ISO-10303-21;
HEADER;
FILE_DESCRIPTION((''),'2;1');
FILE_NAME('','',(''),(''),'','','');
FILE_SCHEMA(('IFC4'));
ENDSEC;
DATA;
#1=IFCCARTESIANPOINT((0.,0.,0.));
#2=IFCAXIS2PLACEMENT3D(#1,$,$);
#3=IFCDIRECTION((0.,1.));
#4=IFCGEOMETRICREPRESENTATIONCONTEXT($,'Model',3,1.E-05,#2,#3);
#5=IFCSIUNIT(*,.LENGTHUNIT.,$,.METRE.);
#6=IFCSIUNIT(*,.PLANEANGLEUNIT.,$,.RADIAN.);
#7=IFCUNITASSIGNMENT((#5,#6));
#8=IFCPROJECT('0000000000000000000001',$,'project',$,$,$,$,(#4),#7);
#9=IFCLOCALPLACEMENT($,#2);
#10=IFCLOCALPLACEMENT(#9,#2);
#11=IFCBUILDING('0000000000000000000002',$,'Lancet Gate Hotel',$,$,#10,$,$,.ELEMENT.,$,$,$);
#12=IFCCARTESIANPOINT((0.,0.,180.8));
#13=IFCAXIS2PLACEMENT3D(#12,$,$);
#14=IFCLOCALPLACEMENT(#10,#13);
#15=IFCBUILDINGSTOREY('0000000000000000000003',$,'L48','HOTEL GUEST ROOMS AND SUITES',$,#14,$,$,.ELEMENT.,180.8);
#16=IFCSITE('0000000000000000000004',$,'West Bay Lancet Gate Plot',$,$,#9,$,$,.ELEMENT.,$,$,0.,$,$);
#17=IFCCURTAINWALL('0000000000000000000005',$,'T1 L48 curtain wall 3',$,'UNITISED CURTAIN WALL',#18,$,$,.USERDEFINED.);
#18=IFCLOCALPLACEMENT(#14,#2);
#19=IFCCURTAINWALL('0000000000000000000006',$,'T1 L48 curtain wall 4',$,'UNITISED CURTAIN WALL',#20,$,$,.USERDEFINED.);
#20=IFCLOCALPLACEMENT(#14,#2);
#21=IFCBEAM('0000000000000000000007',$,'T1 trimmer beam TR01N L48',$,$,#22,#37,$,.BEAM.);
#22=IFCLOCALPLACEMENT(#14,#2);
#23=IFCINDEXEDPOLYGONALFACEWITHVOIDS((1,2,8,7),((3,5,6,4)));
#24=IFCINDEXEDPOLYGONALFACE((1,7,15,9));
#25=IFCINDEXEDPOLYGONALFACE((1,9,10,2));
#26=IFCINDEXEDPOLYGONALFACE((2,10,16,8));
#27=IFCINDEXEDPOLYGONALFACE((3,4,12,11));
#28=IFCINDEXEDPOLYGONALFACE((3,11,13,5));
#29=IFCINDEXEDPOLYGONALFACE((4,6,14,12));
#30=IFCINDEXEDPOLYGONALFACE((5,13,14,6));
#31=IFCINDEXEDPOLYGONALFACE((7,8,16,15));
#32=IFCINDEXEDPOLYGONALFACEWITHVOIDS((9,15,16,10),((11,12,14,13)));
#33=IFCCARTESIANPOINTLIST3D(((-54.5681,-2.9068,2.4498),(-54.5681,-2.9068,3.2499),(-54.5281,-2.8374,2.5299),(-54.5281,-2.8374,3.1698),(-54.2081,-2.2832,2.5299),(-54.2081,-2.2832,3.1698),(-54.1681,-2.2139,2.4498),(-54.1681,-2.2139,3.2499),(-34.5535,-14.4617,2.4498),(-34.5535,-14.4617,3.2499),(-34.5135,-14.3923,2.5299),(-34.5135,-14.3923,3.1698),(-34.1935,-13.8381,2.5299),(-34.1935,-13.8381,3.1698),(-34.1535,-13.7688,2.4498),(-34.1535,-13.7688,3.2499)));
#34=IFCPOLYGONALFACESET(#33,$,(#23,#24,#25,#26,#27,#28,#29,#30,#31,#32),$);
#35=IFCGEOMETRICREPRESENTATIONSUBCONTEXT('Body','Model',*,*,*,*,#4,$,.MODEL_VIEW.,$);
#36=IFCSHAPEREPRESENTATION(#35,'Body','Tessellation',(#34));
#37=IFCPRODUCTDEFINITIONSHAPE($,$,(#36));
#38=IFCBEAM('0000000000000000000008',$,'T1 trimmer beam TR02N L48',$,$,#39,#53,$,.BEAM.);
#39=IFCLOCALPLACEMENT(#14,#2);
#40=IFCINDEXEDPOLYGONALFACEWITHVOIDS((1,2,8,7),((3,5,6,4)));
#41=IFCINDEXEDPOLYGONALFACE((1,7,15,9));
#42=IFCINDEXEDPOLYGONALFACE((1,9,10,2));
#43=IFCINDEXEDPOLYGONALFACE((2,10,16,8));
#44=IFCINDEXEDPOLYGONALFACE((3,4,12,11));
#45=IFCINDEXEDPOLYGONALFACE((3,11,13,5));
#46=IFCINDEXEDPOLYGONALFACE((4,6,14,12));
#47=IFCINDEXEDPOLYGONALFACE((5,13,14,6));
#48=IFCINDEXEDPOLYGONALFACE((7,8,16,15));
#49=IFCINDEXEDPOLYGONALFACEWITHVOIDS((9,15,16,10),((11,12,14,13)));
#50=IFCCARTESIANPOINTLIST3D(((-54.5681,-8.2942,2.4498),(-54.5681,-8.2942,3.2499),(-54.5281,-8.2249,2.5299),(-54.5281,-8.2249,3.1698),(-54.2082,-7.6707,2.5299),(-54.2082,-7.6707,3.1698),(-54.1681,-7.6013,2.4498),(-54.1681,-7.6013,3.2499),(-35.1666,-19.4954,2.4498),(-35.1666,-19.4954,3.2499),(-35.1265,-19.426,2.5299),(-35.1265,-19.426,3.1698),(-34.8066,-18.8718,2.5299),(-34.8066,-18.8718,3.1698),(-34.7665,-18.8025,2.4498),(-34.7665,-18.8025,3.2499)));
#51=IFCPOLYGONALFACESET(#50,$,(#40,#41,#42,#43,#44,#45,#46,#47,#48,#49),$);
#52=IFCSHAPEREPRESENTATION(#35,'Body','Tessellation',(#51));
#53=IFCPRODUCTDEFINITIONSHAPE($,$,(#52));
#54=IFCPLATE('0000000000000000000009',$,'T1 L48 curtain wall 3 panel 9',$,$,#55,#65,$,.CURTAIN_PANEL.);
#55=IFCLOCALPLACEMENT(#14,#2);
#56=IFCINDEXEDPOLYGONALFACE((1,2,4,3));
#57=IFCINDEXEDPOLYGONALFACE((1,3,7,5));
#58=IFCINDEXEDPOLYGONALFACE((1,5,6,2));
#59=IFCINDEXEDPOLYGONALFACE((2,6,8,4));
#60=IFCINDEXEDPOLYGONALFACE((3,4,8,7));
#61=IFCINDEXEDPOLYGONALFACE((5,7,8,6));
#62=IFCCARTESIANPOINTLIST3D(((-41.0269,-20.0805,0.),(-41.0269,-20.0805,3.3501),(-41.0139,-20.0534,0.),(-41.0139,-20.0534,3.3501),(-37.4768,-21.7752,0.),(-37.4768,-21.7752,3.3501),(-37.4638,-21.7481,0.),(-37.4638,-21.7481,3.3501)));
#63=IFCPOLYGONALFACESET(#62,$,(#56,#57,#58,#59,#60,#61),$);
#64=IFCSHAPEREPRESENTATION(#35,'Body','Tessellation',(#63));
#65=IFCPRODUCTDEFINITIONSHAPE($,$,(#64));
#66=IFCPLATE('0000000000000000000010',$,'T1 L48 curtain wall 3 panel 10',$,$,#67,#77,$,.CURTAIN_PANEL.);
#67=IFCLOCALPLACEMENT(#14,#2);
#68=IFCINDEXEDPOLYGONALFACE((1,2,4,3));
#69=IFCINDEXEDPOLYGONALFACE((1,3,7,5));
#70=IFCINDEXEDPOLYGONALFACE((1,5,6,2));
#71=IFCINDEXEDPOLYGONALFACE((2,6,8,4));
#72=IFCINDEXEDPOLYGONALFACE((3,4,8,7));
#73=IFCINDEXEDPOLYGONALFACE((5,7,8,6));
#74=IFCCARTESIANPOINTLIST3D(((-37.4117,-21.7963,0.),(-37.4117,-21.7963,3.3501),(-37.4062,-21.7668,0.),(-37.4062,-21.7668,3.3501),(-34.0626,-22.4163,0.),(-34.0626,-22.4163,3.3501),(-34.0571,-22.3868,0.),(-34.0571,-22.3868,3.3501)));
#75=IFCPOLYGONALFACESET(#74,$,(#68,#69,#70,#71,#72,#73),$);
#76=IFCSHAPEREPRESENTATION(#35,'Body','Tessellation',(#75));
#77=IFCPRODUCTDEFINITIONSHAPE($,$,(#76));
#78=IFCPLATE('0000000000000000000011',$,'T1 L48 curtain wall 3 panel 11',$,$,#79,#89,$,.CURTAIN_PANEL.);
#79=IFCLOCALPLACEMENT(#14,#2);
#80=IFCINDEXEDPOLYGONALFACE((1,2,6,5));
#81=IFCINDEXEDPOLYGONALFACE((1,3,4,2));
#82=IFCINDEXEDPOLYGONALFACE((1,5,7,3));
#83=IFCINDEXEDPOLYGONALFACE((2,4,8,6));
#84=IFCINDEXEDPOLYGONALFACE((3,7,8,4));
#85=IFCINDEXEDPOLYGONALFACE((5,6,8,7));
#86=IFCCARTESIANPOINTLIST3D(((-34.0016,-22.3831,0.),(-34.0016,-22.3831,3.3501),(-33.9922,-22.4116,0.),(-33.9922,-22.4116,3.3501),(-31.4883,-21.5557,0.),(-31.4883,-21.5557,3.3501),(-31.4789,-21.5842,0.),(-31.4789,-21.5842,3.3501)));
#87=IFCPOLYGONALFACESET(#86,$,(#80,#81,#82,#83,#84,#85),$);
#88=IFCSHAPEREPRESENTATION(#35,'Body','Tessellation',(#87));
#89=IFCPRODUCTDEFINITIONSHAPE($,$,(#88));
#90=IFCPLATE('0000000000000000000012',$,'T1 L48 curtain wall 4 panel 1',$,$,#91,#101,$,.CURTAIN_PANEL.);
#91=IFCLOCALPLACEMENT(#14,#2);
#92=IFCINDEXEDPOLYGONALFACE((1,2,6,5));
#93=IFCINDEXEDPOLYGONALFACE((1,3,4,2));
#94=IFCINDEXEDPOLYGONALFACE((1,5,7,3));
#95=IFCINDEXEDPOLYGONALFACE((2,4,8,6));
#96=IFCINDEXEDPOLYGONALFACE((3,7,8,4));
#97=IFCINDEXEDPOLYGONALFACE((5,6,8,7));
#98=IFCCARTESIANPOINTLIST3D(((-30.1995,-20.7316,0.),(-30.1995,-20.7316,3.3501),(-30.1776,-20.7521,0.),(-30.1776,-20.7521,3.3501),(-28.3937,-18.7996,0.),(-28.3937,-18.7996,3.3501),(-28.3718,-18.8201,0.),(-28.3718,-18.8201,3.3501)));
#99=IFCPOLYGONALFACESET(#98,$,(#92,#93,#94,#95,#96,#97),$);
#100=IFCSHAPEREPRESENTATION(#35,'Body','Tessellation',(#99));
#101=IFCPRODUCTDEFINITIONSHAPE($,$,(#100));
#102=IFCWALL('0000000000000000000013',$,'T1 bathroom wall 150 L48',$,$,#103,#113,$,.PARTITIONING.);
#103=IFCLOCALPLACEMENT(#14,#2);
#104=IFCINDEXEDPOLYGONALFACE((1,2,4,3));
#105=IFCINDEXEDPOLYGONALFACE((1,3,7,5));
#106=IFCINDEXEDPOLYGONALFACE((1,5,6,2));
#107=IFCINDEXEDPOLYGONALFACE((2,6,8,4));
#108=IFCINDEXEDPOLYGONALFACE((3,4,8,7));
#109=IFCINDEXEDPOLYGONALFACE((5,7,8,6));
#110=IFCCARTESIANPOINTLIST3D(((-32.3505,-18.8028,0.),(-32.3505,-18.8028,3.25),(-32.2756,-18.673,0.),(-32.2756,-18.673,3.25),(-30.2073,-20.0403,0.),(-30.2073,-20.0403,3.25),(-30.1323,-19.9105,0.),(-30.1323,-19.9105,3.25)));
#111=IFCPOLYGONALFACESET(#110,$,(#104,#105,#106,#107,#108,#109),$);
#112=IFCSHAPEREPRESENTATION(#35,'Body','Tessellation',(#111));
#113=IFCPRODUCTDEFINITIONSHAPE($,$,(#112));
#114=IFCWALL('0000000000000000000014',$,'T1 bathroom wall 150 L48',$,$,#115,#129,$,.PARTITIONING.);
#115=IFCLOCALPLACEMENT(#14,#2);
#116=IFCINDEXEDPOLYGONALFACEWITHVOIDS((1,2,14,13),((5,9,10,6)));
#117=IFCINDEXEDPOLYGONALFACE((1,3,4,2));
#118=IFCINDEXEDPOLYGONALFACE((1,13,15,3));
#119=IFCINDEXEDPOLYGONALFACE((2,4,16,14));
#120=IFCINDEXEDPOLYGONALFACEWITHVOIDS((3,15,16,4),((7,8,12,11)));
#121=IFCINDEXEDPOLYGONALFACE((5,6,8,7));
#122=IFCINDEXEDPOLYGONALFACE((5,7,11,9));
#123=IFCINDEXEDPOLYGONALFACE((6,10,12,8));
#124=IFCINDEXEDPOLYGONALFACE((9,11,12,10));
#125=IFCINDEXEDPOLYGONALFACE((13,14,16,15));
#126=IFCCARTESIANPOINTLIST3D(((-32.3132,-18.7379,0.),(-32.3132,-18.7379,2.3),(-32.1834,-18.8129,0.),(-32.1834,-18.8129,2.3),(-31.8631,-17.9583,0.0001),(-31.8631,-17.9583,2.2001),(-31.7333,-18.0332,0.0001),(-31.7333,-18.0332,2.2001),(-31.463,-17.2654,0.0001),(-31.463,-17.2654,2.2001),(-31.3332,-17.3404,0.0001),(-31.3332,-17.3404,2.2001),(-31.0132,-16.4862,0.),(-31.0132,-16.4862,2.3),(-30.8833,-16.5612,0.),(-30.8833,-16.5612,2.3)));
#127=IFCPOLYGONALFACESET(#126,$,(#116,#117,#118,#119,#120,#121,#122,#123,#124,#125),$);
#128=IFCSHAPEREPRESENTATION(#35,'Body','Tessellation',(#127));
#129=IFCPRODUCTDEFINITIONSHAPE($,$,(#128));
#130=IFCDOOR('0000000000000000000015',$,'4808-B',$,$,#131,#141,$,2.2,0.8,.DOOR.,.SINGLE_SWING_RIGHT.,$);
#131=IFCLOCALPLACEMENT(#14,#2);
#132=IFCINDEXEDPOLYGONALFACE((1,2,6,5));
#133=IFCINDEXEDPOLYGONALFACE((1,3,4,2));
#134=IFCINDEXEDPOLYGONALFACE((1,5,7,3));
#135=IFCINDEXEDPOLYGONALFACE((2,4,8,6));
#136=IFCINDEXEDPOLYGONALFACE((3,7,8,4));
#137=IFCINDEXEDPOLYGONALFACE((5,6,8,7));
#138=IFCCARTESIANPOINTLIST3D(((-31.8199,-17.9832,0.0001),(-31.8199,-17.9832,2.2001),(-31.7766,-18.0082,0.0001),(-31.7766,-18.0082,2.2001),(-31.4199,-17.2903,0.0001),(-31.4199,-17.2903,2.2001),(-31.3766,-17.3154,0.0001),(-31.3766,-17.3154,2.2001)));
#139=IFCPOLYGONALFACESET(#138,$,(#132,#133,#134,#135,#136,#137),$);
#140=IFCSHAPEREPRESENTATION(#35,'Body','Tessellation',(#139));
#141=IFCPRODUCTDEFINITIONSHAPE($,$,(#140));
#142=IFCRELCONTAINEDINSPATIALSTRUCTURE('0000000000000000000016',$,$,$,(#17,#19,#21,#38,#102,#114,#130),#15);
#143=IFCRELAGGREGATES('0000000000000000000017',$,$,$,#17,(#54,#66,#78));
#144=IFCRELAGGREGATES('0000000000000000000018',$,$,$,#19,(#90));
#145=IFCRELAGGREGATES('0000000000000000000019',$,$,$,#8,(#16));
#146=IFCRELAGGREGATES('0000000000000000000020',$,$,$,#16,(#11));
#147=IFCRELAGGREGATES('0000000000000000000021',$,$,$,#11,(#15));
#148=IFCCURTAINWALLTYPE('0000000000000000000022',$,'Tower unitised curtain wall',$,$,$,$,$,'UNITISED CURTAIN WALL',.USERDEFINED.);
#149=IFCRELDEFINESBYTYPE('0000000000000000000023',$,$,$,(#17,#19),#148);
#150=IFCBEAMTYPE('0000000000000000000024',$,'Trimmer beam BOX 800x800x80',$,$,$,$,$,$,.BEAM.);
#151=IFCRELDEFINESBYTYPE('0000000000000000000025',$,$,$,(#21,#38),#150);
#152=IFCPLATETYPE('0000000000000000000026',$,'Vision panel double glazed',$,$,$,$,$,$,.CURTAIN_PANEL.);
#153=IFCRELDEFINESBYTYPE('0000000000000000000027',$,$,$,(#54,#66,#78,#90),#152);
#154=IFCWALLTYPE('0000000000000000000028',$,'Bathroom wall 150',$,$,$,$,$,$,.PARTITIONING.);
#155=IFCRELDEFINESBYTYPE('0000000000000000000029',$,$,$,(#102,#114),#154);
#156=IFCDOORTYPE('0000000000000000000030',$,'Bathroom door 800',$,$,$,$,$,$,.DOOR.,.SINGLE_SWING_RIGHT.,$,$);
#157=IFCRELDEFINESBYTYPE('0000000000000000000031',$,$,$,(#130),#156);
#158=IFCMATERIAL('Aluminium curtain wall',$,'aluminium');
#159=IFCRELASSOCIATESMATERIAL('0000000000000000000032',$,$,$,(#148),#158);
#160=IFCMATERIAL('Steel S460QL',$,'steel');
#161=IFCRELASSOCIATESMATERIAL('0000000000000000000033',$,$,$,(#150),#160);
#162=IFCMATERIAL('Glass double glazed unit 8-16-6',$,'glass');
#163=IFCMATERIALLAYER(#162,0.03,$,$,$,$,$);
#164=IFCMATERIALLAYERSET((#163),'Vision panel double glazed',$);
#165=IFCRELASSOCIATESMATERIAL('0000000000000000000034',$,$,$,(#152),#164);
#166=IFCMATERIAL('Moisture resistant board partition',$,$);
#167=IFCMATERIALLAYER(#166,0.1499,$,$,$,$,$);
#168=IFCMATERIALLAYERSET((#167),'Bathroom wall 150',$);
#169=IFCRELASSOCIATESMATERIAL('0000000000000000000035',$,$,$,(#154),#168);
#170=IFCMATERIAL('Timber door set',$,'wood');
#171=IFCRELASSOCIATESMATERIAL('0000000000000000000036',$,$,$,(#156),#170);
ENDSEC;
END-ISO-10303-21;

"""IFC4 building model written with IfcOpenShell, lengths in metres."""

from ifc_helpers import new_model, si_unit, direction, frame, frame_2d, origin, origin_2d, place, context, subcontext, project, spatial, rectangle, hollow_rectangle, extrude, material, layer, layer_set, material_profile, profile_set, type_object, element, fill, aggregate, save


model = new_model("IFC4")

# Units and contexts
model_context = context("Model", 3, precision=1e-05, world=origin(), true_north=direction((0.0, 1.0)))
body_context = subcontext(model_context, "Body", "Model", "MODEL_VIEW")
ifc_project = project(units=[si_unit("LENGTHUNIT", "METRE"), si_unit("PLANEANGLEUNIT", "RADIAN")], contexts=[model_context])

# Site, building, storey
site_placement = place(None, origin())
site = spatial("IfcSite", under=ifc_project, at=site_placement, Name="West Bay Lancet Gate Plot", CompositionType="ELEMENT", RefElevation=0.0)
building_placement = place(site_placement, origin())
building = spatial("IfcBuilding", under=site, at=building_placement, Name="Lancet Gate Hotel", CompositionType="ELEMENT")
storey_placement = place(building_placement, frame((0.0, 0.0, 180.8)))
storey = spatial("IfcBuildingStorey", under=building, at=storey_placement, Name="L48", Description="HOTEL GUEST ROOMS AND SUITES", CompositionType="ELEMENT", Elevation=180.8)

# Curtain wall
ifc_material_1 = material(Name="Aluminium curtain wall", Category="aluminium")
curtain_wall_type = type_object("IfcCurtainWallType", Name="Tower unitised curtain wall", ElementType="UNITISED CURTAIN WALL", PredefinedType="USERDEFINED", material=ifc_material_1)
curtain_wall_1_placement = place(storey_placement, origin())
curtain_wall_1 = element("IfcCurtainWall", 1, at=curtain_wall_1_placement, inside=storey, type_object=curtain_wall_type, Name="T1 L48 curtain wall 3", ObjectType="UNITISED CURTAIN WALL", PredefinedType="USERDEFINED")

# Curtain wall
curtain_wall_2_placement = place(storey_placement, origin())
curtain_wall_2 = element("IfcCurtainWall", 2, at=curtain_wall_2_placement, inside=storey, type_object=curtain_wall_type, Name="T1 L48 curtain wall 4", ObjectType="UNITISED CURTAIN WALL", PredefinedType="USERDEFINED")

# Beams
ifc_material_2 = material(Name="Steel S460QL", Category="steel")
ifc_material_profile_1 = material_profile(ifc_material_2, hollow_rectangle(XDim=0.8, YDim=0.8, WallThickness=0.0801, at=origin_2d()), Name="BOX 800x800x80")
ifc_profile_set_1 = profile_set([ifc_material_profile_1], Name="Steel S460QL")
beam_type_1 = type_object("IfcBeamType", Name="Trimmer beam BOX 800x800x80", PredefinedType="BEAM", material=ifc_profile_set_1)
beam_1_placement = place(storey_placement, frame((-34.3535, -14.1152, 2.8499), z_axis=(-0.866035, 0.499983, 0.0), x_axis=(-0.499983, -0.866035, 0.0)))
element("IfcBeam", 3, at=beam_1_placement, inside=storey, type_object=beam_type_1, Name="T1 trimmer beam TR01N L48", PredefinedType="BEAM", context=body_context, shape_type="SweptSolid", body=[
    extrude(hollow_rectangle(XDim=0.8, YDim=0.8, WallThickness=0.0801, at=origin_2d()), origin(), (0.0, 0.0, 1.0), 23.1106),
])
beam_2_placement = place(storey_placement, frame((-34.9666, -19.1489, 2.8499), z_axis=(-0.866032, 0.499988, 0.0), x_axis=(-0.499988, -0.866032, 0.0)))
element("IfcBeam", 4, at=beam_2_placement, inside=storey, type_object=beam_type_1, Name="T1 trimmer beam TR02N L48", PredefinedType="BEAM", context=body_context, shape_type="SweptSolid", body=[
    extrude(hollow_rectangle(XDim=0.8, YDim=0.8, WallThickness=0.0801, at=origin_2d()), origin(), (0.0, 0.0, 1.0), 22.4028),
])

# Plates
ifc_material_3 = material(Name="Glass double glazed unit 8-16-6", Category="glass")
ifc_layer_1 = layer(ifc_material_3, 0.03)
ifc_layer_set_1 = layer_set([ifc_layer_1], Name="Vision panel double glazed")
plate_type = type_object("IfcPlateType", Name="Vision panel double glazed", PredefinedType="CURTAIN_PANEL", material=ifc_layer_set_1)
plate_1_placement = place(storey_placement, frame((-39.2454, -20.9143, 0.0), z_axis=(0.0, 0.0, 1.0), x_axis=(0.902454, -0.430787, 0.0)))
plate_1 = element("IfcPlate", 5, at=plate_1_placement, type_object=plate_type, Name="T1 L48 curtain wall 3 panel 9", PredefinedType="CURTAIN_PANEL", context=body_context, shape_type="SweptSolid", body=[
    extrude(rectangle(XDim=3.9338, YDim=0.03, at=origin_2d()), origin(), (0.0, 0.0, 1.0), 3.3501),
])
plate_2_placement = place(storey_placement, frame((-35.7344, -22.0916, 0.0), z_axis=(0.0, 0.0, 1.0), x_axis=(0.983292, -0.182033, 0.0)))
plate_2 = element("IfcPlate", 6, at=plate_2_placement, type_object=plate_type, Name="T1 L48 curtain wall 3 panel 10", PredefinedType="CURTAIN_PANEL", context=body_context, shape_type="SweptSolid", body=[
    extrude(rectangle(XDim=3.406, YDim=0.03, at=origin_2d()), origin(), (0.0, 0.0, 1.0), 3.3501),
])
plate_3_placement = place(storey_placement, frame((-32.7402, -21.9836, 0.0), z_axis=(0.0, 0.0, 1.0), x_axis=(0.949848, 0.312712, 0.0)))
plate_3 = element("IfcPlate", 7, at=plate_3_placement, type_object=plate_type, Name="T1 L48 curtain wall 3 panel 11", PredefinedType="CURTAIN_PANEL", context=body_context, shape_type="SweptSolid", body=[
    extrude(rectangle(XDim=2.646, YDim=0.03, at=origin_2d()), origin(), (0.0, 0.0, 1.0), 3.3501),
])
aggregate(curtain_wall_1, [plate_1, plate_2, plate_3])
plate_4_placement = place(storey_placement, frame((-29.2856, -19.7759, 0.0), z_axis=(0.0, 0.0, 1.0), x_axis=(0.682845, 0.730563, 0.0)))
plate_4 = element("IfcPlate", 8, at=plate_4_placement, type_object=plate_type, Name="T1 L48 curtain wall 4 panel 1", PredefinedType="CURTAIN_PANEL", context=body_context, shape_type="SweptSolid", body=[
    extrude(rectangle(XDim=2.6445, YDim=0.03, at=origin_2d()), origin(), (0.0, 0.0, 1.0), 3.3501),
])
aggregate(curtain_wall_2, [plate_4])

# Wall
ifc_material_4 = material(Name="Moisture resistant board partition")
ifc_layer_2 = layer(ifc_material_4, 0.1499)
ifc_layer_set_2 = layer_set([ifc_layer_2], Name="Bathroom wall 150")
wall_type_1 = type_object("IfcWallType", Name="Bathroom wall 150", PredefinedType="PARTITIONING", material=ifc_layer_set_2)
wall_1_placement = place(storey_placement, frame((-30.1699, -19.9753, 0.0), z_axis=(0.0, 0.0, 1.0), x_axis=(-0.866007, 0.500033, 0.0)))
element("IfcWall", 9, at=wall_1_placement, inside=storey, type_object=wall_type_1, Name="T1 bathroom wall 150 L48", PredefinedType="PARTITIONING", context=body_context, shape_type="SweptSolid", body=[
    extrude(rectangle(XDim=2.4749, YDim=0.1499, at=frame_2d((1.2373, 0.0))), origin(), (0.0, 0.0, 1.0), 3.25),
])

# Wall, opening, door
wall_2_placement = place(storey_placement, frame((-30.9482, -16.5237, 0.0), z_axis=(0.0, 0.0, 1.0), x_axis=(-0.500007, -0.866021, 0.0)))
wall_2 = element("IfcWall", 10, at=wall_2_placement, inside=storey, type_object=wall_type_1, Name="T1 bathroom wall 150 L48", PredefinedType="PARTITIONING", context=body_context, shape_type="SweptSolid", body=[
    extrude(rectangle(XDim=2.6001, YDim=0.1499, at=frame_2d((1.3, 0.0))), origin(), (0.0, 0.0, 1.0), 2.3),
])
opening_1_placement = place(wall_2_placement, frame((0.8999, 0.0, 0.0)))
opening_1 = element("IfcOpeningElement", 11, at=opening_1_placement, cuts=wall_2, PredefinedType="OPENING", context=body_context, shape_type="SweptSolid", body=[
    extrude(rectangle(XDim=0.8, YDim=2.2, at=frame_2d((0.3999, 1.1001))), frame((0.0, 0.085, 0.0), z_axis=(0.0, -1.0, 0.0), x_axis=(1.0, 0.0, 0.0)), (0.0, 0.0, 1.0), 0.1699),
])
ifc_material_5 = material(Name="Timber door set", Category="wood")
door_type_1 = type_object("IfcDoorType", Name="Bathroom door 800", OperationType="SINGLE_SWING_RIGHT", PredefinedType="DOOR", material=ifc_material_5)
door_1_placement = place(opening_1_placement, origin())
door_1 = element("IfcDoor", 12, at=door_1_placement, inside=storey, type_object=door_type_1, Name="4808-B", OperationType="SINGLE_SWING_RIGHT", OverallHeight=2.2, OverallWidth=0.8, PredefinedType="DOOR", context=body_context, shape_type="SweptSolid", body=[
    extrude(rectangle(XDim=0.8, YDim=2.2, at=frame_2d((0.3999, 1.1001))), frame((0.0, 0.0249, 0.0), z_axis=(0.0, -1.0, 0.0), x_axis=(1.0, 0.0, 0.0)), (0.0, 0.0, 1.0), 0.05),
])
fill(opening_1, door_1)

save(model, "model.ifc")
